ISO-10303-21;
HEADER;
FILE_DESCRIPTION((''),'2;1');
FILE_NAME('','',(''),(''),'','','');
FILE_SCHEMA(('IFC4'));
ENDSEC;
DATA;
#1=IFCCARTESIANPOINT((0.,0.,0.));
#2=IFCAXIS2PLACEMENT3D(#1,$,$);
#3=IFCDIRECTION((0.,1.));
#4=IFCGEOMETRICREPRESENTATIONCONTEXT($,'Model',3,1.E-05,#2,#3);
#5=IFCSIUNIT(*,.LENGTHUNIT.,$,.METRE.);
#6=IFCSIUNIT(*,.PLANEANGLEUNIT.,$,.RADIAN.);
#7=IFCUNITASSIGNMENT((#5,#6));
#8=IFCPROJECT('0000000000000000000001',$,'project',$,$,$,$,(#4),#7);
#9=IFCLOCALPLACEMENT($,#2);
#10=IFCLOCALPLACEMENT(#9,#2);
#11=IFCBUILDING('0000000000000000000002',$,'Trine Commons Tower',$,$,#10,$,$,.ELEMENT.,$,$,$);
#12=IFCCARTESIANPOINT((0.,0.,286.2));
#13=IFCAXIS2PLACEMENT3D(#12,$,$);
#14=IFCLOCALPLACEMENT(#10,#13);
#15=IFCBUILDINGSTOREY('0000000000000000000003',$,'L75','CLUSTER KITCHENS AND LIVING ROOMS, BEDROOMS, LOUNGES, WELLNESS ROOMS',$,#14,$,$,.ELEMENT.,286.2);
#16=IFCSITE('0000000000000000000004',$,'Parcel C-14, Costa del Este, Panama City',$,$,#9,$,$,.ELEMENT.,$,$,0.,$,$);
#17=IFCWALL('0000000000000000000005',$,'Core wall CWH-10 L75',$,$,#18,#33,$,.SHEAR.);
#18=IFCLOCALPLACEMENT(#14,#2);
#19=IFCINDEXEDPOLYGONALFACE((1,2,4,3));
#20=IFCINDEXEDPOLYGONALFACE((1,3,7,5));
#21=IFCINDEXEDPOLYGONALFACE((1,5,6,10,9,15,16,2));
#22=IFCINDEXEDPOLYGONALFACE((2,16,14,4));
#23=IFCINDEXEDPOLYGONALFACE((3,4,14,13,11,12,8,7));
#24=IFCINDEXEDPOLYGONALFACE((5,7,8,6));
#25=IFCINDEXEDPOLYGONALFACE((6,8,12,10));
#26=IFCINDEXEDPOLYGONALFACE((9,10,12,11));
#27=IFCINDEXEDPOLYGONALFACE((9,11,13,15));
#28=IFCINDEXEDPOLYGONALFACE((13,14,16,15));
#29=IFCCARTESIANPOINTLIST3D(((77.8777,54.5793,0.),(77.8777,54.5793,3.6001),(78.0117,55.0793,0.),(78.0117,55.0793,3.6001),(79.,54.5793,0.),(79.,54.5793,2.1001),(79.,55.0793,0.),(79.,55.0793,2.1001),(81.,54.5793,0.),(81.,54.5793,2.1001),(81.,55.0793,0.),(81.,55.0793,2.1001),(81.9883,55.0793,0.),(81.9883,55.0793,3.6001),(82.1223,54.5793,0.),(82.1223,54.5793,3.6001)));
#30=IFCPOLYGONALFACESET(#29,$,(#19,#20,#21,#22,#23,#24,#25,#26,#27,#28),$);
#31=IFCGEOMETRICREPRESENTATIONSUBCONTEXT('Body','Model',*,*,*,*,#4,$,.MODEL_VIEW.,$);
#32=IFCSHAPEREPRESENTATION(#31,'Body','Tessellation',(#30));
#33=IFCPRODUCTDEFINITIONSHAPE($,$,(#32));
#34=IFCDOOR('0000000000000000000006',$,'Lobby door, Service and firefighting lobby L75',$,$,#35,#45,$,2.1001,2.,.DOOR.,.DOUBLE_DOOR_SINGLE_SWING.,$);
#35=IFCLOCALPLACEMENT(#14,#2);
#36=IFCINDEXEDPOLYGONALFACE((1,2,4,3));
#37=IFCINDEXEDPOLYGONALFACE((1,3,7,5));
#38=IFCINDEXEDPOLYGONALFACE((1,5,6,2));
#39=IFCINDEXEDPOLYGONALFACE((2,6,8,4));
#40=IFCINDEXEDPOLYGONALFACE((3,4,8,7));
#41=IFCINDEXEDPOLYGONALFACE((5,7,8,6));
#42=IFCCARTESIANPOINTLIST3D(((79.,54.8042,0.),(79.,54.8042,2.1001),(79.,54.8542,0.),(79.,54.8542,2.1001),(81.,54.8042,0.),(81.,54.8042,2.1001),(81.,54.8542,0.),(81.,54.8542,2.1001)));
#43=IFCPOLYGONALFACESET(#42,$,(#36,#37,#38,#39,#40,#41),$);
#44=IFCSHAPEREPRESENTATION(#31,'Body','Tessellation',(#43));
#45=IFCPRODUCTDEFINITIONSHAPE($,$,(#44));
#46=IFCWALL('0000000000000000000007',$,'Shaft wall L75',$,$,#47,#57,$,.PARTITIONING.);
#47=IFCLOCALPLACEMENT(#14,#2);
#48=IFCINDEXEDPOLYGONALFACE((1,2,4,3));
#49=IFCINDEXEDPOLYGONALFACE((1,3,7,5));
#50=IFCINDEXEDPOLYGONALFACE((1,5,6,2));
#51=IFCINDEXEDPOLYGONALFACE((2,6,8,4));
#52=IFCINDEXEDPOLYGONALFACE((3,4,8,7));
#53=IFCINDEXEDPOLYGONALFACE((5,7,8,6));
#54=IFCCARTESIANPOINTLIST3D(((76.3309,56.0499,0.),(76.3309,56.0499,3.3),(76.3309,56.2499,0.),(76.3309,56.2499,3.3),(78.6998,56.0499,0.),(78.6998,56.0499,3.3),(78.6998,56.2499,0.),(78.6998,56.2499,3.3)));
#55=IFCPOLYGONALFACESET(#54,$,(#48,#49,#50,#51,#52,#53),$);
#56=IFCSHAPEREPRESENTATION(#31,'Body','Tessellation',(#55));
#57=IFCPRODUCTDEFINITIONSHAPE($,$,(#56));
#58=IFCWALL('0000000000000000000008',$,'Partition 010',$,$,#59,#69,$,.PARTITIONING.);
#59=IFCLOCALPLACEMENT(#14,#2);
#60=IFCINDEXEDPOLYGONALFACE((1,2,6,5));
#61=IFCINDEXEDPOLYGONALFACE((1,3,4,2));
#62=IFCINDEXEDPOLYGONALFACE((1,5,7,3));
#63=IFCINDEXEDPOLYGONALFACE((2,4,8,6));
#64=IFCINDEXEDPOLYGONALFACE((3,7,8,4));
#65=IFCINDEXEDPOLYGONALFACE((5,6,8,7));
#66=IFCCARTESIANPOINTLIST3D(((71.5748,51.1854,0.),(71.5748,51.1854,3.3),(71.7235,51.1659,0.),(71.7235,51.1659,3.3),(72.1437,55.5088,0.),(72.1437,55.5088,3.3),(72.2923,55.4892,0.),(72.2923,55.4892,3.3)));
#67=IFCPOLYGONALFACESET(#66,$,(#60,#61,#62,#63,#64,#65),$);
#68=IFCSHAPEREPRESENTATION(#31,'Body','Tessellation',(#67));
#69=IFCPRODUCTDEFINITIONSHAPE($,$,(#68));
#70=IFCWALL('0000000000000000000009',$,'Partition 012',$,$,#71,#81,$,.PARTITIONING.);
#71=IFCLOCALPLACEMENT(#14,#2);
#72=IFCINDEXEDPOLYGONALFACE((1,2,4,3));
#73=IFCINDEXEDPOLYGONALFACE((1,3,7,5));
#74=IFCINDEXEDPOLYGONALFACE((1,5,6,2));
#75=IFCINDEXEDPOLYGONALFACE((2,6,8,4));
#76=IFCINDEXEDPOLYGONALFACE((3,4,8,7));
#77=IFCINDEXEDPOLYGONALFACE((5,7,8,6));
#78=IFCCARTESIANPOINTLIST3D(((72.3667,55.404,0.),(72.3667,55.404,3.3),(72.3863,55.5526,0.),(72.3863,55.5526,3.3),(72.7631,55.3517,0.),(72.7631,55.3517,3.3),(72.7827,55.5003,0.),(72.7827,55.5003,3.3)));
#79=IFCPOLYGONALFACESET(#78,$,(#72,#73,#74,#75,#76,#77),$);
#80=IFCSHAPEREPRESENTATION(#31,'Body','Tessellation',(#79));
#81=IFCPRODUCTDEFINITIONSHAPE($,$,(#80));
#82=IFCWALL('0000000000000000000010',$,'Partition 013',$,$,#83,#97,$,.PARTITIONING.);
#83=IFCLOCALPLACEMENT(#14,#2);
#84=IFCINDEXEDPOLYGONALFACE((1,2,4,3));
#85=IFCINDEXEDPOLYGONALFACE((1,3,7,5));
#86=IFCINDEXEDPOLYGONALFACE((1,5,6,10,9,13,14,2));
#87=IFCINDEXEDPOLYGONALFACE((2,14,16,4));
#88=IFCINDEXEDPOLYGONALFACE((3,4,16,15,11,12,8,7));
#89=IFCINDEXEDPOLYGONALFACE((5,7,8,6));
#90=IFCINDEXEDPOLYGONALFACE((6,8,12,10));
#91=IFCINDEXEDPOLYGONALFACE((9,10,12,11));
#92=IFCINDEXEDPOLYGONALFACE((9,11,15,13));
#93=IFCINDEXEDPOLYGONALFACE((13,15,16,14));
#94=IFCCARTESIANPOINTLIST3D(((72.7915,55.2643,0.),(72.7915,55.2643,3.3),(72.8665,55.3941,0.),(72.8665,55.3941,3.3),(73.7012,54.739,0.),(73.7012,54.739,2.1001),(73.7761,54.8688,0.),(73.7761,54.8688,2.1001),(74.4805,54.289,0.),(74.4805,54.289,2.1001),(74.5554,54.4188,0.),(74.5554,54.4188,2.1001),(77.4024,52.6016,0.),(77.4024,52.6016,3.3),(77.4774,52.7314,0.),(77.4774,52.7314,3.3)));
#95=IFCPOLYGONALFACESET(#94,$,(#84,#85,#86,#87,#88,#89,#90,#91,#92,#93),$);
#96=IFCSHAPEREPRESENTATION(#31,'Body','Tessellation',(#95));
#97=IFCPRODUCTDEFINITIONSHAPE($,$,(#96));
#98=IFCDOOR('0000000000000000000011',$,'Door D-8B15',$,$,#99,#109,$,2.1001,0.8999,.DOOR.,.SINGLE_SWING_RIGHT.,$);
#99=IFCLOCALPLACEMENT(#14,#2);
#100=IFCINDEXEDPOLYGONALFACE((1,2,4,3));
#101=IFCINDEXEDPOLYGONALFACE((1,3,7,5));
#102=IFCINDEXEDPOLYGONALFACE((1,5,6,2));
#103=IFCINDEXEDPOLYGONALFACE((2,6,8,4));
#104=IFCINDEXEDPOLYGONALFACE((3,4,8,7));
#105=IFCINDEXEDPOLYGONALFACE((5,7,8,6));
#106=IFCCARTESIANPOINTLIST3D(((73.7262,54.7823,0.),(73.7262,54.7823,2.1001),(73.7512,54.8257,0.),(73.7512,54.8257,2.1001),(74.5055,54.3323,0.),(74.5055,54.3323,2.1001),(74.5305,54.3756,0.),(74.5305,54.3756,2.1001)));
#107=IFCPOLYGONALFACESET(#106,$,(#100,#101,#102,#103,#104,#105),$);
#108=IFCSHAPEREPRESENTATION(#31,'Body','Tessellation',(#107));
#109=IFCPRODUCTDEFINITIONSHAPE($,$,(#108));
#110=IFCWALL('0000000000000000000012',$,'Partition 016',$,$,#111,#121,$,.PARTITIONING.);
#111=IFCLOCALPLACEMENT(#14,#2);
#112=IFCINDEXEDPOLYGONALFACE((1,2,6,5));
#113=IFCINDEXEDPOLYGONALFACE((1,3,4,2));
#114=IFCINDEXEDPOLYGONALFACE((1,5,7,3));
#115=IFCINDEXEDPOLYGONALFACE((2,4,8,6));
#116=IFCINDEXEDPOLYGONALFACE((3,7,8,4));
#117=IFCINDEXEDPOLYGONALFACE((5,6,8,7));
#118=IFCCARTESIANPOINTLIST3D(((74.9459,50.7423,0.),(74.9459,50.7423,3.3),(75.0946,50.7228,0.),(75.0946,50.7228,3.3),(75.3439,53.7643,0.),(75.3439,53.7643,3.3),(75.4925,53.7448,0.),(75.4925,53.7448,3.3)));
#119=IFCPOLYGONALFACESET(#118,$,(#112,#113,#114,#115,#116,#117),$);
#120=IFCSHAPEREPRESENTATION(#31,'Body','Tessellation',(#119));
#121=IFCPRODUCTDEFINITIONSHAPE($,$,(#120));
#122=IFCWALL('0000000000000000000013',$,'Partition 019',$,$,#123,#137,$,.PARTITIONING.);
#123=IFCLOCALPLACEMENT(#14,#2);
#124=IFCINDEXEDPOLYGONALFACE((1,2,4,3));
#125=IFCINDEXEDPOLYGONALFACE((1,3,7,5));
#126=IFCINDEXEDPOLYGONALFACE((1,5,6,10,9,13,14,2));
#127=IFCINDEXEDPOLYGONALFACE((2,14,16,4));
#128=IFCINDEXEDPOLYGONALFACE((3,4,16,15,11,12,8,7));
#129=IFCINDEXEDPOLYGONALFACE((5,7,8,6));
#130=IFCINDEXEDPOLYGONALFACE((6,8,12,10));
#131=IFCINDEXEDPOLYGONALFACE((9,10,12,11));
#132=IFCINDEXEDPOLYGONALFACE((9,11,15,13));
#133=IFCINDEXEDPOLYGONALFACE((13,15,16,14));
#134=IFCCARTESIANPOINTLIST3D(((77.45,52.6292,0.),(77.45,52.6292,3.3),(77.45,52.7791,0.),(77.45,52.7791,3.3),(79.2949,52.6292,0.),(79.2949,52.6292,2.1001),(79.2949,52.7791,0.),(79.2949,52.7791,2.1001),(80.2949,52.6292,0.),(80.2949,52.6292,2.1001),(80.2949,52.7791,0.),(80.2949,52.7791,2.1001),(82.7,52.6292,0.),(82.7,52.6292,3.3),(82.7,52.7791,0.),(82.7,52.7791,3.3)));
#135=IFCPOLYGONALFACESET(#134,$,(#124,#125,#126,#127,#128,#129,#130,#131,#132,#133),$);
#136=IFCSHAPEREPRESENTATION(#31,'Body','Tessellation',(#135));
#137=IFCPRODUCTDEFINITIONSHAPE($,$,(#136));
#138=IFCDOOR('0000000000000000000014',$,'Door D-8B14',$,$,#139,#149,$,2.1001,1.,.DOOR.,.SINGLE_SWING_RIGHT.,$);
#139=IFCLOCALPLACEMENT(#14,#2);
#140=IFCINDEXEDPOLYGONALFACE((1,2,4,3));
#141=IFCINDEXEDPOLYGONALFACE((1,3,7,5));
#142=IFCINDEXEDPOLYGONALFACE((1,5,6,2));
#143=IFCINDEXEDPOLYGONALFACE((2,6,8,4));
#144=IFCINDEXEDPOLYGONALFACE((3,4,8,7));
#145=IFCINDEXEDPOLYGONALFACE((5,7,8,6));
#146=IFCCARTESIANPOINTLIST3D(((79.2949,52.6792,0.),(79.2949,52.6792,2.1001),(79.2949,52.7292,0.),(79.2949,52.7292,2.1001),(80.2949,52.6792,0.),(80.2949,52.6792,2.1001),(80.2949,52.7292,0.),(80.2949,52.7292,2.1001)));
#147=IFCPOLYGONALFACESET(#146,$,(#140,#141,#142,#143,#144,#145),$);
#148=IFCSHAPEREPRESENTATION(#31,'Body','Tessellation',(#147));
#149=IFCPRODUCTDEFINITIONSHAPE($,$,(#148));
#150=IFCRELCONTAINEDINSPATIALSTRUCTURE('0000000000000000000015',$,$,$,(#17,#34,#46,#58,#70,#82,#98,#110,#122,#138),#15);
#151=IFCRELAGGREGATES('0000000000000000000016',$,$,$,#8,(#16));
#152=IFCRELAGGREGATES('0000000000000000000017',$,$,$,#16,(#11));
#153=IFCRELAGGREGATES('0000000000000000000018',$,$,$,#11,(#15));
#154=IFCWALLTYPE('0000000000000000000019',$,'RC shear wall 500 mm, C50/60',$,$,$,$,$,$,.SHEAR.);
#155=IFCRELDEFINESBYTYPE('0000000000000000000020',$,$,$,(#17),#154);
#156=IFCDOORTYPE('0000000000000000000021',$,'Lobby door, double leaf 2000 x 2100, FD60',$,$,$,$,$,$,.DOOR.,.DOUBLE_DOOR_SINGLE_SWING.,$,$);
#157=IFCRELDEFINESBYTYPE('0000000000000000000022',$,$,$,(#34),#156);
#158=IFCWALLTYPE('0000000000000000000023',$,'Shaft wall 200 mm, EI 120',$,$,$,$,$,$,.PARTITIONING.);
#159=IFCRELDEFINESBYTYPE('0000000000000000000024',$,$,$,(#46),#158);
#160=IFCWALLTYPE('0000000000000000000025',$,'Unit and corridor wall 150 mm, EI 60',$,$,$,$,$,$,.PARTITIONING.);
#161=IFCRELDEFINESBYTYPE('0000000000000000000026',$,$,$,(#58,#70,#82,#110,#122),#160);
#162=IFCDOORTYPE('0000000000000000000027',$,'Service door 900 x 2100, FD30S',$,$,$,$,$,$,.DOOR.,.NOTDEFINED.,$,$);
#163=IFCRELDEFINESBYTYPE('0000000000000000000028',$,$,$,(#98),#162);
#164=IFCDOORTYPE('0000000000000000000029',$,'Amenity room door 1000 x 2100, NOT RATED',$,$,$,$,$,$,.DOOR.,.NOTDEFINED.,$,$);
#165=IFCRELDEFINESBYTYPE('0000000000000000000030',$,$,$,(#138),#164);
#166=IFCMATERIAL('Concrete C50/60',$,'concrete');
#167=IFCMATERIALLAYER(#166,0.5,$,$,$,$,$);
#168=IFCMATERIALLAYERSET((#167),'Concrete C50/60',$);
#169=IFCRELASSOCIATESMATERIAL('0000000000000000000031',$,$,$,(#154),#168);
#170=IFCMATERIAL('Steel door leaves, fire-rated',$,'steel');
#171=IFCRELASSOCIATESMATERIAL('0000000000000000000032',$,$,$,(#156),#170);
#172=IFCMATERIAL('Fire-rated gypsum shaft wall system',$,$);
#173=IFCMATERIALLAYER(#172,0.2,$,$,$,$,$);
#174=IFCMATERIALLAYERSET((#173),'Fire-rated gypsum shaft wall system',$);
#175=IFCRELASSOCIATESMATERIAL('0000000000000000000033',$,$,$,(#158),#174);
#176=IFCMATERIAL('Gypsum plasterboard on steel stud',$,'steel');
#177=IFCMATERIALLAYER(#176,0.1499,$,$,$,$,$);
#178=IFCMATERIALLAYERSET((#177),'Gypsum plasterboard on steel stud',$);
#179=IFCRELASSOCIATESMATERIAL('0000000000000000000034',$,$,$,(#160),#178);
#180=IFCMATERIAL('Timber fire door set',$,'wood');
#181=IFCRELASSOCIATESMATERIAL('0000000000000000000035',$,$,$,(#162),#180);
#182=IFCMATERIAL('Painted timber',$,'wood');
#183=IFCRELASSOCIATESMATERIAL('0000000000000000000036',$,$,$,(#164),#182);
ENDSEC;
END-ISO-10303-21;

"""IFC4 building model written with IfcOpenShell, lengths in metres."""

from ifc_helpers import new_model, si_unit, direction, frame, frame_2d, origin, place, context, subcontext, project, spatial, polyline, rectangle, outline, extrude, material, layer, layer_set, type_object, element, fill, save


model = new_model("IFC4")

# Units and contexts
model_context = context("Model", 3, precision=1e-05, world=origin(), true_north=direction((0.0, 1.0)))
body_context = subcontext(model_context, "Body", "Model", "MODEL_VIEW")
ifc_project = project(units=[si_unit("LENGTHUNIT", "METRE"), si_unit("PLANEANGLEUNIT", "RADIAN")], contexts=[model_context])

# Site, building, storey
site_placement = place(None, origin())
site = spatial("IfcSite", under=ifc_project, at=site_placement, Name="Parcel C-14, Costa del Este, Panama City", CompositionType="ELEMENT", RefElevation=0.0)
building_placement = place(site_placement, origin())
building = spatial("IfcBuilding", under=site, at=building_placement, Name="Trine Commons Tower", CompositionType="ELEMENT")
storey_placement = place(building_placement, frame((0.0, 0.0, 286.2)))
storey = spatial("IfcBuildingStorey", under=building, at=storey_placement, Name="L75", Description="CLUSTER KITCHENS AND LIVING ROOMS, BEDROOMS, LOUNGES, WELLNESS ROOMS", CompositionType="ELEMENT", Elevation=286.2)

# Shared definitions
ifc_material_1 = material(Name="Concrete C50/60", Category="concrete")

# Shared definitions
ifc_layer_1 = layer(ifc_material_1, 0.5)
ifc_layer_set_1 = layer_set([ifc_layer_1], Name="Concrete C50/60")
wall_type_1 = type_object("IfcWallType", Name="RC shear wall 500 mm, C50/60", PredefinedType="SHEAR", material=ifc_layer_set_1)

# Wall, opening, door
wall_1_placement = place(storey_placement, frame((77.8777, 54.8293, 0.0), z_axis=(0.0, 0.0, 1.0), x_axis=(1.0, 0.0, 0.0)))
wall_1 = element("IfcWall", 1, at=wall_1_placement, inside=storey, type_object=wall_type_1, Name="Core wall CWH-10 L75", PredefinedType="SHEAR", context=body_context, shape_type="SweptSolid", body=[
    extrude(outline(polyline([(0.0, -0.25), (4.2446, -0.25), (4.1106, 0.25), (0.134, 0.25), (0.0, -0.25)])), origin(), (0.0, 0.0, 1.0), 3.6001),
])
opening_1_placement = place(wall_1_placement, frame((1.1223, 0.0, 0.0)))
opening_1 = element("IfcOpeningElement", 2, at=opening_1_placement, cuts=wall_1, PredefinedType="OPENING", context=body_context, shape_type="SweptSolid", body=[
    extrude(rectangle(XDim=2.0, YDim=2.1001, at=frame_2d((1.0, 1.05))), frame((0.0, 0.26, 0.0), z_axis=(0.0, -1.0, 0.0), x_axis=(1.0, 0.0, 0.0)), (0.0, 0.0, 1.0), 0.52),
])
ifc_material_2 = material(Name="Steel door leaves, fire-rated", Category="steel")
door_type_1 = type_object("IfcDoorType", Name="Lobby door, double leaf 2000 x 2100, FD60", OperationType="DOUBLE_DOOR_SINGLE_SWING", PredefinedType="DOOR", material=ifc_material_2)
door_1_placement = place(opening_1_placement, origin())
door_1 = element("IfcDoor", 3, at=door_1_placement, inside=storey, type_object=door_type_1, Name="Lobby door, Service and firefighting lobby L75", OperationType="DOUBLE_DOOR_SINGLE_SWING", OverallHeight=2.1001, OverallWidth=2.0, PredefinedType="DOOR", context=body_context, shape_type="SweptSolid", body=[
    extrude(rectangle(XDim=2.0, YDim=2.1001, at=frame_2d((1.0, 1.05))), frame((0.0, 0.0249, 0.0), z_axis=(0.0, -1.0, 0.0), x_axis=(1.0, 0.0, 0.0)), (0.0, 0.0, 1.0), 0.05),
])
fill(opening_1, door_1)

# Walls
ifc_material_3 = material(Name="Fire-rated gypsum shaft wall system")
ifc_layer_2 = layer(ifc_material_3, 0.2)
ifc_layer_set_2 = layer_set([ifc_layer_2], Name="Fire-rated gypsum shaft wall system")
wall_type_2 = type_object("IfcWallType", Name="Shaft wall 200 mm, EI 120", PredefinedType="PARTITIONING", material=ifc_layer_set_2)
wall_2_placement = place(storey_placement, frame((78.7, 56.1499, 0.0), z_axis=(0.0, 0.0, 1.0), x_axis=(-1.0, 0.0, 0.0)))
element("IfcWall", 4, at=wall_2_placement, inside=storey, type_object=wall_type_2, Name="Shaft wall L75", PredefinedType="PARTITIONING", context=body_context, shape_type="SweptSolid", body=[
    extrude(rectangle(XDim=2.3689, YDim=0.2, at=frame_2d((1.1846, 0.0))), origin(), (0.0, 0.0, 1.0), 3.3),
])
ifc_material_4 = material(Name="Gypsum plasterboard on steel stud", Category="steel")
ifc_layer_3 = layer(ifc_material_4, 0.1499)
ifc_layer_set_3 = layer_set([ifc_layer_3], Name="Gypsum plasterboard on steel stud")
wall_type_3 = type_object("IfcWallType", Name="Unit and corridor wall 150 mm, EI 60", PredefinedType="PARTITIONING", material=ifc_layer_set_3)
wall_3_placement = place(storey_placement, frame((71.6492, 51.1758, 0.0), z_axis=(0.0, 0.0, 1.0), x_axis=(0.130455, 0.991454, 0.0)))
element("IfcWall", 5, at=wall_3_placement, inside=storey, type_object=wall_type_3, Name="Partition 010", PredefinedType="PARTITIONING", context=body_context, shape_type="SweptSolid", body=[
    extrude(rectangle(XDim=4.3606, YDim=0.1499, at=frame_2d((2.1802, 0.0))), origin(), (0.0, 0.0, 1.0), 3.3),
])
wall_4_placement = place(storey_placement, frame((72.3765, 55.4783, 0.0), z_axis=(0.0, 0.0, 1.0), x_axis=(0.991429, -0.130644, 0.0)))
element("IfcWall", 6, at=wall_4_placement, inside=storey, type_object=wall_type_3, Name="Partition 012", PredefinedType="PARTITIONING", context=body_context, shape_type="SweptSolid", body=[
    extrude(rectangle(XDim=0.3999, YDim=0.1499, at=frame_2d((0.2, 0.0))), origin(), (0.0, 0.0, 1.0), 3.3),
])

# Wall, opening, door
wall_5_placement = place(storey_placement, frame((72.8291, 55.3291, 0.0), z_axis=(0.0, 0.0, 1.0), x_axis=(0.865982, -0.500074, 0.0)))
wall_5 = element("IfcWall", 7, at=wall_5_placement, inside=storey, type_object=wall_type_3, Name="Partition 013", PredefinedType="PARTITIONING", context=body_context, shape_type="SweptSolid", body=[
    extrude(rectangle(XDim=5.3245, YDim=0.1499, at=frame_2d((2.6621, 0.0))), origin(), (0.0, 0.0, 1.0), 3.3),
])
opening_2_placement = place(wall_5_placement, frame((1.0503, 0.0, 0.0)))
opening_2 = element("IfcOpeningElement", 8, at=opening_2_placement, cuts=wall_5, PredefinedType="OPENING", context=body_context, shape_type="SweptSolid", body=[
    extrude(rectangle(XDim=0.8999, YDim=2.1001, at=frame_2d((0.45, 1.05))), frame((0.0, 0.085, 0.0), z_axis=(0.0, -1.0, 0.0), x_axis=(1.0, 0.0, 0.0)), (0.0, 0.0, 1.0), 0.1699),
])
ifc_material_5 = material(Name="Timber fire door set", Category="wood")
door_type_2 = type_object("IfcDoorType", Name="Service door 900 x 2100, FD30S", OperationType="NOTDEFINED", PredefinedType="DOOR", material=ifc_material_5)
door_2_placement = place(opening_2_placement, frame((0.8999, 0.0, 0.0), z_axis=(0.0, 0.0, 1.0), x_axis=(-1.0, 0.0, 0.0)))
door_2 = element("IfcDoor", 9, at=door_2_placement, inside=storey, type_object=door_type_2, Name="Door D-8B15", OperationType="SINGLE_SWING_RIGHT", OverallHeight=2.1001, OverallWidth=0.8999, PredefinedType="DOOR", context=body_context, shape_type="SweptSolid", body=[
    extrude(rectangle(XDim=0.8999, YDim=2.1001, at=frame_2d((0.45, 1.05))), frame((0.0, 0.0249, 0.0), z_axis=(0.0, -1.0, 0.0), x_axis=(1.0, 0.0, 0.0)), (0.0, 0.0, 1.0), 0.05),
])
fill(opening_2, door_2)

# Wall
wall_6_placement = place(storey_placement, frame((75.0203, 50.7327, 0.0), z_axis=(0.0, 0.0, 1.0), x_axis=(0.130558, 0.991441, 0.0)))
element("IfcWall", 10, at=wall_6_placement, inside=storey, type_object=wall_type_3, Name="Partition 016", PredefinedType="PARTITIONING", context=body_context, shape_type="SweptSolid", body=[
    extrude(rectangle(XDim=3.0481, YDim=0.1499, at=frame_2d((1.5239, 0.0))), origin(), (0.0, 0.0, 1.0), 3.3),
])

# Wall, opening, door
wall_7_placement = place(storey_placement, frame((77.45, 52.7041, 0.0), z_axis=(0.0, 0.0, 1.0), x_axis=(1.0, 0.0, 0.0)))
wall_7 = element("IfcWall", 11, at=wall_7_placement, inside=storey, type_object=wall_type_3, Name="Partition 019", PredefinedType="PARTITIONING", context=body_context, shape_type="SweptSolid", body=[
    extrude(rectangle(XDim=5.25, YDim=0.1499, at=frame_2d((2.625, 0.0))), origin(), (0.0, 0.0, 1.0), 3.3),
])
opening_3_placement = place(wall_7_placement, frame((1.845, 0.0, 0.0)))
opening_3 = element("IfcOpeningElement", 12, at=opening_3_placement, cuts=wall_7, PredefinedType="OPENING", context=body_context, shape_type="SweptSolid", body=[
    extrude(rectangle(XDim=1.0, YDim=2.1001, at=frame_2d((0.5, 1.05))), frame((0.0, 0.085, 0.0), z_axis=(0.0, -1.0, 0.0), x_axis=(1.0, 0.0, 0.0)), (0.0, 0.0, 1.0), 0.1699),
])
ifc_material_6 = material(Name="Painted timber", Category="wood")
door_type_3 = type_object("IfcDoorType", Name="Amenity room door 1000 x 2100, NOT RATED", OperationType="NOTDEFINED", PredefinedType="DOOR", material=ifc_material_6)
door_3_placement = place(opening_3_placement, frame((1.0, 0.0, 0.0), z_axis=(0.0, 0.0, 1.0), x_axis=(-1.0, 0.0, 0.0)))
door_3 = element("IfcDoor", 13, at=door_3_placement, inside=storey, type_object=door_type_3, Name="Door D-8B14", OperationType="SINGLE_SWING_RIGHT", OverallHeight=2.1001, OverallWidth=1.0, PredefinedType="DOOR", context=body_context, shape_type="SweptSolid", body=[
    extrude(rectangle(XDim=1.0, YDim=2.1001, at=frame_2d((0.5, 1.05))), frame((0.0, 0.0249, 0.0), z_axis=(0.0, -1.0, 0.0), x_axis=(1.0, 0.0, 0.0)), (0.0, 0.0, 1.0), 0.05),
])
fill(opening_3, door_3)

save(model, "model.ifc")
